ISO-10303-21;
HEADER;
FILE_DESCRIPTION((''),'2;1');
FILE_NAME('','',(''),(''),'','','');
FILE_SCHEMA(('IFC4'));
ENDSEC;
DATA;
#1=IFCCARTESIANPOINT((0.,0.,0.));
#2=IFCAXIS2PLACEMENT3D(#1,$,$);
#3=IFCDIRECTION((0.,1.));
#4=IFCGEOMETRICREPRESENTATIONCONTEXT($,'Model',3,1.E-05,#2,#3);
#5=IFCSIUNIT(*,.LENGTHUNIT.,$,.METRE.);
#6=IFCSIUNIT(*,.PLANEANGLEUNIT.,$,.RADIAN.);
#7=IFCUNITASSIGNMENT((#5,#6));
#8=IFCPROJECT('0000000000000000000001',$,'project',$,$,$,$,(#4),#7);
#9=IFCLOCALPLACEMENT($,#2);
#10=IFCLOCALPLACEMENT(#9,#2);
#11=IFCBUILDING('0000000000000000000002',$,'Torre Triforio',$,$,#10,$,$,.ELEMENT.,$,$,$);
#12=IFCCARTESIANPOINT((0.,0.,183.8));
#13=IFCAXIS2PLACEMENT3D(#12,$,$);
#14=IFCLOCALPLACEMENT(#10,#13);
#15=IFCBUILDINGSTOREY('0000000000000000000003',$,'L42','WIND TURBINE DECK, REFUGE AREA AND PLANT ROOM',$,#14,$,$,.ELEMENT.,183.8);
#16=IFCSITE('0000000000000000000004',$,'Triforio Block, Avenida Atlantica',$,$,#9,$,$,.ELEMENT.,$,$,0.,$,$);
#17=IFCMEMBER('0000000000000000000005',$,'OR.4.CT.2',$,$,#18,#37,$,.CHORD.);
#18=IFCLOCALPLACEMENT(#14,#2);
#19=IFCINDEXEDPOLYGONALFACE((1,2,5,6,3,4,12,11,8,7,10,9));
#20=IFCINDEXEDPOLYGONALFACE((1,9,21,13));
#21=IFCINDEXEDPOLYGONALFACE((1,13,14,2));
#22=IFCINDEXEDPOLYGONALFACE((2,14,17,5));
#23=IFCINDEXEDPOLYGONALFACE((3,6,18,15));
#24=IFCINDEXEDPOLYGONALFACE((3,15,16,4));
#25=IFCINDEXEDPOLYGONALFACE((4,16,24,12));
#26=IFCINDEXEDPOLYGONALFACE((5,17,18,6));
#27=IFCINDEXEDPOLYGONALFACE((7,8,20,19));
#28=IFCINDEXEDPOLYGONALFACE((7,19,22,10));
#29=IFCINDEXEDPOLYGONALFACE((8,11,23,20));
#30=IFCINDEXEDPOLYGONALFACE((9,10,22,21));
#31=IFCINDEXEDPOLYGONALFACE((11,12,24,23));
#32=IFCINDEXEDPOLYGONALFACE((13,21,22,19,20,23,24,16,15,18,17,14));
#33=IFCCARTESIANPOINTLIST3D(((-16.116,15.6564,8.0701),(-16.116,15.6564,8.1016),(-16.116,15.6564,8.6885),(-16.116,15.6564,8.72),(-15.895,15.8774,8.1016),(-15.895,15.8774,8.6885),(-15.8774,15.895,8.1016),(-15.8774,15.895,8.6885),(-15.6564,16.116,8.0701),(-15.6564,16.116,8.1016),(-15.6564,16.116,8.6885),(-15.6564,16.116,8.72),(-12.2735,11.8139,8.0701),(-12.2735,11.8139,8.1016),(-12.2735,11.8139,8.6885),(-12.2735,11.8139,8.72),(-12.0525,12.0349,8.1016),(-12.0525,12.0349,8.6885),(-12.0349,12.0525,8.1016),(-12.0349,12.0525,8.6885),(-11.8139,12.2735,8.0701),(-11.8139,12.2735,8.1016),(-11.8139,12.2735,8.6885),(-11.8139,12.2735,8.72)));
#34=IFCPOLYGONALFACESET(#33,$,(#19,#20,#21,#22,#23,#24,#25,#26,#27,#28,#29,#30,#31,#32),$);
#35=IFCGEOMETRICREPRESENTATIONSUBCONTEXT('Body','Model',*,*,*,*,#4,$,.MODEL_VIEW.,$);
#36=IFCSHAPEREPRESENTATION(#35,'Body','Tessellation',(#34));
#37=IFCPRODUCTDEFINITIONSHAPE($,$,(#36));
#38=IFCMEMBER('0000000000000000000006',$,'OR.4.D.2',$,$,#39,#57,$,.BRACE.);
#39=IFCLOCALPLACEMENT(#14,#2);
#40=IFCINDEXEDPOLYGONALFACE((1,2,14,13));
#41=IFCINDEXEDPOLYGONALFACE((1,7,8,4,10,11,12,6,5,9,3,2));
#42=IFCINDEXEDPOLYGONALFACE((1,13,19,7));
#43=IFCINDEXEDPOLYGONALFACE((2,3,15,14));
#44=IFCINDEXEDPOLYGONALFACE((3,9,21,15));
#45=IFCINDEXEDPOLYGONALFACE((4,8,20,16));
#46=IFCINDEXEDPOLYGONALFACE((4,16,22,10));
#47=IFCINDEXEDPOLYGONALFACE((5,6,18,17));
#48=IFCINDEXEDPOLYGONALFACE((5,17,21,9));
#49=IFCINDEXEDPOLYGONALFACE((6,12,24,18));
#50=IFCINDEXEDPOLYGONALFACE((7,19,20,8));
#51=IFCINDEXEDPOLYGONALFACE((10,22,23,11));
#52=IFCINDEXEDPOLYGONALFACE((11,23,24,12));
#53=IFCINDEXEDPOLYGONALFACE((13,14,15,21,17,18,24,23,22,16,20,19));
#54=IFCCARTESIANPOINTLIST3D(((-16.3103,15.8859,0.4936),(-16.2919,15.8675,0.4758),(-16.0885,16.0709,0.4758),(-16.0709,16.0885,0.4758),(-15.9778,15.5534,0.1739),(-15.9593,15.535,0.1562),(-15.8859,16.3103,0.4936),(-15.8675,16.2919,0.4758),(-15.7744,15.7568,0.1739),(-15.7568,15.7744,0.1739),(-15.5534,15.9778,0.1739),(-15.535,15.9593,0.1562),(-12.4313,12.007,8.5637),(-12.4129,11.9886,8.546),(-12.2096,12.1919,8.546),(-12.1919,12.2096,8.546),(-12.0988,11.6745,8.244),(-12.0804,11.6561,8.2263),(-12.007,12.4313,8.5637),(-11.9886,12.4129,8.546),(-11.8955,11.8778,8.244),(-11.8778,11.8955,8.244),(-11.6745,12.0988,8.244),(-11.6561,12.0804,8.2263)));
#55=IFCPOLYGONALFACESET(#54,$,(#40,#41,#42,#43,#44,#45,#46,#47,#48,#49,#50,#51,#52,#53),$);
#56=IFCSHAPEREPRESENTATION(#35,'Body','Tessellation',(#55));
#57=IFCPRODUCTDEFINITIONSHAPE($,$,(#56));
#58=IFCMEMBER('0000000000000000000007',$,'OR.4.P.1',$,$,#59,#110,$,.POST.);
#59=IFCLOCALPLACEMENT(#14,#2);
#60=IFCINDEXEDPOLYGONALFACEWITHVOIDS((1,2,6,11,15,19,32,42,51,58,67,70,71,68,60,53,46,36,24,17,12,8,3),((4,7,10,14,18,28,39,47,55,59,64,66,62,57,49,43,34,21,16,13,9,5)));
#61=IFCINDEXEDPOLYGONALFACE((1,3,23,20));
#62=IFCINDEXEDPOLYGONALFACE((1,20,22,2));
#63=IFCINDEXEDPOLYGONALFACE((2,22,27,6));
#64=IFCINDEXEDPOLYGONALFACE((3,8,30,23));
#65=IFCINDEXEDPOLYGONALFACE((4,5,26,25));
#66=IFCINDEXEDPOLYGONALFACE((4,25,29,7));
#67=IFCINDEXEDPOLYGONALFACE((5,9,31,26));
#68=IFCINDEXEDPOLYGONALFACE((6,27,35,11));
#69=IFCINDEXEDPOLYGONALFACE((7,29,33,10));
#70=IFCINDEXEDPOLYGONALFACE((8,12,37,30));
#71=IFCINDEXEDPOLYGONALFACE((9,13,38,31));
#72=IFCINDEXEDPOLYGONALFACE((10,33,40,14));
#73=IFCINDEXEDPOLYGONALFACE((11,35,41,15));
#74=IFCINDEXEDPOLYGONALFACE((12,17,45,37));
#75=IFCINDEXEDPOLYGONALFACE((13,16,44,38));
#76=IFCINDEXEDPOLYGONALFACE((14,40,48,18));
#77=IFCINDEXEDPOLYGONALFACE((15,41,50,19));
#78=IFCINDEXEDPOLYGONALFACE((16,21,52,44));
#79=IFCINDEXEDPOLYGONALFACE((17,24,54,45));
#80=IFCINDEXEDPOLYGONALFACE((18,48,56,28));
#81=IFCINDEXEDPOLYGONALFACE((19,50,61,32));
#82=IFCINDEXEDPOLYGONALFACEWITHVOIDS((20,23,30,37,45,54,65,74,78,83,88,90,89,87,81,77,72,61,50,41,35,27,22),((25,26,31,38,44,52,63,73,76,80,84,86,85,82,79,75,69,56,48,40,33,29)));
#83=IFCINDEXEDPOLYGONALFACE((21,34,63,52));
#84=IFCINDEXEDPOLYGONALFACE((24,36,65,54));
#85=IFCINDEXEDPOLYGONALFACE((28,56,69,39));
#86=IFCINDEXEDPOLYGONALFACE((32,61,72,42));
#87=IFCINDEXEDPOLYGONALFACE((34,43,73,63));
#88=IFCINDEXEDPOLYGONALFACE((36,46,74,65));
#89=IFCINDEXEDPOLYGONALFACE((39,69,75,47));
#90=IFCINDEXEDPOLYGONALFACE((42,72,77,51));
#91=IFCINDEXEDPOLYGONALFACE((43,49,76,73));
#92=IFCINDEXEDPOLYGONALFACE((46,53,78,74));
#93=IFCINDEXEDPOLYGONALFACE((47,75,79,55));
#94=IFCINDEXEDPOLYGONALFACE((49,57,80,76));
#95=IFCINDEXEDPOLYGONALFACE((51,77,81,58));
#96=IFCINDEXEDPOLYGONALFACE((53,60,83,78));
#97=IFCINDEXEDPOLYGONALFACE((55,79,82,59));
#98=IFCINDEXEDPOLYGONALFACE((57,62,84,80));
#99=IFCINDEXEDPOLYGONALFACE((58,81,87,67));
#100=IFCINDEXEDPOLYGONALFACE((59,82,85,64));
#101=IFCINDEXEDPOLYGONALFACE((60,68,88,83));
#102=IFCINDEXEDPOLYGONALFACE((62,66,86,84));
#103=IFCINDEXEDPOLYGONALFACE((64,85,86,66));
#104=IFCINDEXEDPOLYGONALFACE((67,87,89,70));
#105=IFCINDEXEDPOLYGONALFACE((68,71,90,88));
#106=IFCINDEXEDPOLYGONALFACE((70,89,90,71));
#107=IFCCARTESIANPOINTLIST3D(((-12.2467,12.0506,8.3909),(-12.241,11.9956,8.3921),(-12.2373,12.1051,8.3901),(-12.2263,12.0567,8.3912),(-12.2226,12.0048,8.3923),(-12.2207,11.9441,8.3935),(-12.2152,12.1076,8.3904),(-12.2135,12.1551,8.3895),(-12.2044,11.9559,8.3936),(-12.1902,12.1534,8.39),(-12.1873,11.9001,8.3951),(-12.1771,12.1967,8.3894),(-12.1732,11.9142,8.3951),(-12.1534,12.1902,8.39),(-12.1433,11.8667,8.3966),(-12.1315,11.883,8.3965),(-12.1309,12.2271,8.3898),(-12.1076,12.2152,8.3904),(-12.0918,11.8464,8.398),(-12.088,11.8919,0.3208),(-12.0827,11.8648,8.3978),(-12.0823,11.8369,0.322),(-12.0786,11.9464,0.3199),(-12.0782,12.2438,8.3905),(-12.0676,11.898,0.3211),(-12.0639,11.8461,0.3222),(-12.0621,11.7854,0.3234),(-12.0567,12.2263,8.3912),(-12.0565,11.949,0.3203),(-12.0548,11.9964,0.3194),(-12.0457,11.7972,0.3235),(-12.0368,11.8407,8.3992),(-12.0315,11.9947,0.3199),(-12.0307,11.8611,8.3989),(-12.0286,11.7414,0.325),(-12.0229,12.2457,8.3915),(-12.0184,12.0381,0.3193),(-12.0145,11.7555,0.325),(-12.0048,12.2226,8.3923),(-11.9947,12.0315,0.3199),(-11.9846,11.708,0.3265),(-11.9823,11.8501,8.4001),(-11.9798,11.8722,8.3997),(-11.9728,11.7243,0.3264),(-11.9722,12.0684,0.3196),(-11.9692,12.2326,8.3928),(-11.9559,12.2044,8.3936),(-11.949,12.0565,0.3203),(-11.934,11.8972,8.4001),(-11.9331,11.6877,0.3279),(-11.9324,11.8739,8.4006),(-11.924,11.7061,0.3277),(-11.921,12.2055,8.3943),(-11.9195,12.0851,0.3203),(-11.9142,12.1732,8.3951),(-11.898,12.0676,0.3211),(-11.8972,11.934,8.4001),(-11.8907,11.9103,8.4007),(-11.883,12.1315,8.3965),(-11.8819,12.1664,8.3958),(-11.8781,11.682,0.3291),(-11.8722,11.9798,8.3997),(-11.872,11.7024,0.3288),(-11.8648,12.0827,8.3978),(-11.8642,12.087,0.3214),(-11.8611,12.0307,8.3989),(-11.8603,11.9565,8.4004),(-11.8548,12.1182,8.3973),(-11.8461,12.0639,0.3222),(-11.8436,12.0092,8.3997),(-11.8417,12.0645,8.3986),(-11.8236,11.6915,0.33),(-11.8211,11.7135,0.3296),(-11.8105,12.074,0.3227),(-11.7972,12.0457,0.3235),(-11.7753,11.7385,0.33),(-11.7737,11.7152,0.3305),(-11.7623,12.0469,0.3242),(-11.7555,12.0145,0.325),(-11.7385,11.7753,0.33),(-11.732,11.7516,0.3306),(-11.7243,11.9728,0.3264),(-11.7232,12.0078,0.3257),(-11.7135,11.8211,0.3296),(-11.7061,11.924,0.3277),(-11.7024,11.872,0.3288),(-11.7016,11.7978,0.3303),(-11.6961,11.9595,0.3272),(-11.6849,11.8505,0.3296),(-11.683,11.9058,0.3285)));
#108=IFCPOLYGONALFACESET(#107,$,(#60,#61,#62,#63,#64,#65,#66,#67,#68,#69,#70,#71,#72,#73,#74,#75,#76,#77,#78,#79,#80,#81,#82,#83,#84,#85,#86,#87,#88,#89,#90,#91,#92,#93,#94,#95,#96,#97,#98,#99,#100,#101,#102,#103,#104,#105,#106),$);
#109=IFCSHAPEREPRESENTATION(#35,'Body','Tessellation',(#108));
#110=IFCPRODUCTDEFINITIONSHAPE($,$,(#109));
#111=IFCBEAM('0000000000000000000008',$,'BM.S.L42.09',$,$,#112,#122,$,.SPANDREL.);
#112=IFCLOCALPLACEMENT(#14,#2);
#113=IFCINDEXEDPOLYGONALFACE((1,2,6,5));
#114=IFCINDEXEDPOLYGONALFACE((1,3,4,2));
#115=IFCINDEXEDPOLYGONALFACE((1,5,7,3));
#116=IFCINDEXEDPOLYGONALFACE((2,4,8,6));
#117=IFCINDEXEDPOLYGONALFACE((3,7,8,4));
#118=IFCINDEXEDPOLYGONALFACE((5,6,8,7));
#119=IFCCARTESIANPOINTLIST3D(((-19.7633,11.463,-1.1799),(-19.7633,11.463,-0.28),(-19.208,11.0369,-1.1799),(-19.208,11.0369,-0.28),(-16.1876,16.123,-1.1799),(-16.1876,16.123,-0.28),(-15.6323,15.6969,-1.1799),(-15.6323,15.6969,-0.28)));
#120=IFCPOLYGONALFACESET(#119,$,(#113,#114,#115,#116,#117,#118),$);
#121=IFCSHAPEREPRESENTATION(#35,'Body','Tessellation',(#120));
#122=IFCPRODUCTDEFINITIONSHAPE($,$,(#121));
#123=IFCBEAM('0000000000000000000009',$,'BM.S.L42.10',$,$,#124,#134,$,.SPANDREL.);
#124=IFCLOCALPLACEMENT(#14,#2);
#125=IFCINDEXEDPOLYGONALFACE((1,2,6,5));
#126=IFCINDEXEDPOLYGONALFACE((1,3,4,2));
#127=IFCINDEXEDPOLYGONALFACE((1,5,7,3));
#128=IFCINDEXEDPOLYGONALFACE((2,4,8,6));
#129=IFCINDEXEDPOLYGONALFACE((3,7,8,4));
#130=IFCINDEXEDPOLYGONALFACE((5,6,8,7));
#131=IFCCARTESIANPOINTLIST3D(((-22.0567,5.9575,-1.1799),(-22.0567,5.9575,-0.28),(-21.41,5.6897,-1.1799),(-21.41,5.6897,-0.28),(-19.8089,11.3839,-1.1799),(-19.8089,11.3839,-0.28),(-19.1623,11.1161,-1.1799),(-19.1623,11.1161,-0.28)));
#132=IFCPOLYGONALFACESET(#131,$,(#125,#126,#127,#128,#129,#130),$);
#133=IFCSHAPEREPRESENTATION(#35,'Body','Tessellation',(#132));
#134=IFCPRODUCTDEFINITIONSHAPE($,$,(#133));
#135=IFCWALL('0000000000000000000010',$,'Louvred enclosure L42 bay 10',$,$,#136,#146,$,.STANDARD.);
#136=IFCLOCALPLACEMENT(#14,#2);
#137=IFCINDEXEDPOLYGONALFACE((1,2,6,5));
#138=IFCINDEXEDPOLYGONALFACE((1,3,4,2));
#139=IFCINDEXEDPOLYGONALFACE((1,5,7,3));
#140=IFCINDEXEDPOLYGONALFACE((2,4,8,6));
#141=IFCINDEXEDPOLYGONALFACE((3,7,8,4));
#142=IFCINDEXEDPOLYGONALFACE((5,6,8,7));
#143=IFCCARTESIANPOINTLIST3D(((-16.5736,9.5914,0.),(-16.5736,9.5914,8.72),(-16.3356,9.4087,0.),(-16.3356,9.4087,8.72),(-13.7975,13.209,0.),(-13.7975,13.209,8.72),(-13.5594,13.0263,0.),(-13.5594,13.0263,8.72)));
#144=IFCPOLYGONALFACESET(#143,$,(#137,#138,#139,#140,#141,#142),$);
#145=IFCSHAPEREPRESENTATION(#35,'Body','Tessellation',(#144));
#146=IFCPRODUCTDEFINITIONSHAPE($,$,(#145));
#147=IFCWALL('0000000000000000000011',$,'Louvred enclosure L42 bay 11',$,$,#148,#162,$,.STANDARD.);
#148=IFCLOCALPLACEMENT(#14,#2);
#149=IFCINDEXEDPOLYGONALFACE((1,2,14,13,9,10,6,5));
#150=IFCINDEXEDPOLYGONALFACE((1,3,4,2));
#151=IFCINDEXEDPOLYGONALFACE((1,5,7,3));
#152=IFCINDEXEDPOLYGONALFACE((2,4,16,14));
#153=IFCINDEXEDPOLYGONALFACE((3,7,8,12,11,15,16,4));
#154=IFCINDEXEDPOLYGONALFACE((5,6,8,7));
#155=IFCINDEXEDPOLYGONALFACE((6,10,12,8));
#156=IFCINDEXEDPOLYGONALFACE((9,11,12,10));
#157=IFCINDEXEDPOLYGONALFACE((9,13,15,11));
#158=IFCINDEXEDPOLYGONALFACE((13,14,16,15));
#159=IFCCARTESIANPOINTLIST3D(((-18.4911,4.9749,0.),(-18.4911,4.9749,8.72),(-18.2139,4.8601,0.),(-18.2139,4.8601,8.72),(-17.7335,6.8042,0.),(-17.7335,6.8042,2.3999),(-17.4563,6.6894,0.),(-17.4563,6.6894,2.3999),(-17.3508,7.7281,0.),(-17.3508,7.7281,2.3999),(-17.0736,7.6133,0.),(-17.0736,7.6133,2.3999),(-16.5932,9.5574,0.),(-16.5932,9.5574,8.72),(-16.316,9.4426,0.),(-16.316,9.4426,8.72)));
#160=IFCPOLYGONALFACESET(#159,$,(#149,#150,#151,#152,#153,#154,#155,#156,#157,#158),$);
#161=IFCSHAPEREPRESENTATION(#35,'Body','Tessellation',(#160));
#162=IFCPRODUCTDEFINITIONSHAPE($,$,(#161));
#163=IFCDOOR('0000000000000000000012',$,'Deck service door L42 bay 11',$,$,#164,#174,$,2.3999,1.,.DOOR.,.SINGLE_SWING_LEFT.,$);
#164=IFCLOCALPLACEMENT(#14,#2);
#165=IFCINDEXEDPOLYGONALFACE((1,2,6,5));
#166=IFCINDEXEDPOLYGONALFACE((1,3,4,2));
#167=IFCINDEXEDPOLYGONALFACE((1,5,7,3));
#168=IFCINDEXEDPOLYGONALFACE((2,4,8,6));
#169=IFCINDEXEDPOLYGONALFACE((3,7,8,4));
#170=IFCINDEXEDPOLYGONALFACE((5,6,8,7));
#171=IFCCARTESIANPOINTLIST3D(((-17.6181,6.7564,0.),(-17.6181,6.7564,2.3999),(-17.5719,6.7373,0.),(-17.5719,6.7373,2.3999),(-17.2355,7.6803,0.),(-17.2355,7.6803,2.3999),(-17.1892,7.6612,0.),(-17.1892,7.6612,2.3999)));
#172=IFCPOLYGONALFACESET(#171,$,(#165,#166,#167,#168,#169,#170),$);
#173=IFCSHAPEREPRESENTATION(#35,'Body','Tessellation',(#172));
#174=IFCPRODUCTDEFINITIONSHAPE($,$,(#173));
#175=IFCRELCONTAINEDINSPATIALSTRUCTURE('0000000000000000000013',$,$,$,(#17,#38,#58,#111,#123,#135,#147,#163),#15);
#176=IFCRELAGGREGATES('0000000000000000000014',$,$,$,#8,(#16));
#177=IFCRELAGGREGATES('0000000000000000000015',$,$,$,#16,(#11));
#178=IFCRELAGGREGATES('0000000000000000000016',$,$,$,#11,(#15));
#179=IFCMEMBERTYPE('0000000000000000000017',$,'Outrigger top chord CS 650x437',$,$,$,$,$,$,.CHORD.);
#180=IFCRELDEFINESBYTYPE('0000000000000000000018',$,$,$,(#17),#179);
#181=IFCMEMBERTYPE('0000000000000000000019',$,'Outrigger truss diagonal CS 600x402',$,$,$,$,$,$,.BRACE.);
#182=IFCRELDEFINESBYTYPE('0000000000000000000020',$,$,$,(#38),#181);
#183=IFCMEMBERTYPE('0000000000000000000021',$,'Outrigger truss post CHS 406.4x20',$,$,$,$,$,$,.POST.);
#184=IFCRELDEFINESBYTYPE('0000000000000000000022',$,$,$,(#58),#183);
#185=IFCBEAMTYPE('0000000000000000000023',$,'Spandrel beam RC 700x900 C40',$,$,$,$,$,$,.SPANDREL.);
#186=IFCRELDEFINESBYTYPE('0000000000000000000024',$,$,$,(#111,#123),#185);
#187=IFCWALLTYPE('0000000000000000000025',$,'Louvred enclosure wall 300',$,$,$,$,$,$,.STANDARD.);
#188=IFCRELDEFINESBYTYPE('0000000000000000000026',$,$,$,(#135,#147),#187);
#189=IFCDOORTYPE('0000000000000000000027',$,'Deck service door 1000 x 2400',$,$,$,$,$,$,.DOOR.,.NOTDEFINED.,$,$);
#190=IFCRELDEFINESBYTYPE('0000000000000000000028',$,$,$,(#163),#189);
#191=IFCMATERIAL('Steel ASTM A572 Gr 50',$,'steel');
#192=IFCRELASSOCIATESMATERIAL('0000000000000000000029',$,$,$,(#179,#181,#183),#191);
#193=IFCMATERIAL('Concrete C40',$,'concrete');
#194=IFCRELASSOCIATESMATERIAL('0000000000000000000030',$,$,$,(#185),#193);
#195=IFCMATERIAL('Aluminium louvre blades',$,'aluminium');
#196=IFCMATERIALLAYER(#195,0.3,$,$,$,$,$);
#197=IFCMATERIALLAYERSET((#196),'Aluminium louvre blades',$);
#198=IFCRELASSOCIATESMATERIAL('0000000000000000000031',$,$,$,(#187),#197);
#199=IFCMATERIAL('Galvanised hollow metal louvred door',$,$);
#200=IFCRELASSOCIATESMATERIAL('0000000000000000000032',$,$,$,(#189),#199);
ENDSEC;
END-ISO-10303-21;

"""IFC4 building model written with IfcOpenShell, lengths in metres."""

from ifc_helpers import new_model, si_unit, direction, frame, frame_2d, origin, origin_2d, place, context, subcontext, project, spatial, rectangle, hollow_circle, i_section, extrude, material, layer, layer_set, material_profile, profile_set, type_object, element, fill, save


model = new_model("IFC4")

# Units and contexts
model_context = context("Model", 3, precision=1e-05, world=origin(), true_north=direction((0.0, 1.0)))
body_context = subcontext(model_context, "Body", "Model", "MODEL_VIEW")
ifc_project = project(units=[si_unit("LENGTHUNIT", "METRE"), si_unit("PLANEANGLEUNIT", "RADIAN")], contexts=[model_context])

# Site, building, storey
site_placement = place(None, origin())
site = spatial("IfcSite", under=ifc_project, at=site_placement, Name="Triforio Block, Avenida Atlantica", CompositionType="ELEMENT", RefElevation=0.0)
building_placement = place(site_placement, origin())
building = spatial("IfcBuilding", under=site, at=building_placement, Name="Torre Triforio", CompositionType="ELEMENT")
storey_placement = place(building_placement, frame((0.0, 0.0, 183.8)))
storey = spatial("IfcBuildingStorey", under=building, at=storey_placement, Name="L42", Description="WIND TURBINE DECK, REFUGE AREA AND PLANT ROOM", CompositionType="ELEMENT", Elevation=183.8)

# Members
ifc_material_1 = material(Name="Steel ASTM A572 Gr 50", Category="steel")
ifc_material_profile_1 = material_profile(ifc_material_1, i_section(OverallWidth=0.6499, OverallDepth=0.6499, WebThickness=0.0249, FlangeThickness=0.0315, at=origin_2d()), Name="CS 650x437")
ifc_profile_set_1 = profile_set([ifc_material_profile_1], Name="Steel ASTM A572 Gr 50")
member_type_1 = type_object("IfcMemberType", Name="Outrigger top chord CS 650x437", PredefinedType="CHORD", material=ifc_profile_set_1)
member_1_placement = place(storey_placement, frame((-12.0437, 12.0437, 8.395), z_axis=(-0.707107, 0.707107, 0.0), x_axis=(-0.707107, -0.707107, 0.0)))
element("IfcMember", 1, at=member_1_placement, inside=storey, type_object=member_type_1, Name="OR.4.CT.2", PredefinedType="CHORD", context=body_context, shape_type="SweptSolid", body=[
    extrude(i_section(OverallWidth=0.6499, OverallDepth=0.6499, WebThickness=0.0249, FlangeThickness=0.0315, at=origin_2d()), origin(), (0.0, 0.0, 1.0), 5.4341),
])
ifc_material_profile_2 = material_profile(ifc_material_1, i_section(OverallWidth=0.6001, OverallDepth=0.6001, WebThickness=0.0249, FlangeThickness=0.0315, at=origin_2d()), Name="CS 600x402")
ifc_profile_set_2 = profile_set([ifc_material_profile_2], Name="Steel ASTM A572 Gr 50")
member_type_2 = type_object("IfcMemberType", Name="Outrigger truss diagonal CS 600x402", PredefinedType="BRACE", material=ifc_profile_set_2)
member_2_placement = place(storey_placement, frame((-12.0437, 12.0437, 8.395), z_axis=(-0.397512, 0.397512, -0.827024), x_axis=(-0.707107, -0.707107, 0.0)))
element("IfcMember", 2, at=member_2_placement, inside=storey, type_object=member_type_2, Name="OR.4.D.2", PredefinedType="BRACE", context=body_context, shape_type="SweptSolid", body=[
    extrude(i_section(OverallWidth=0.6001, OverallDepth=0.6001, WebThickness=0.0249, FlangeThickness=0.0315, at=origin_2d()), origin(), (0.0, 0.0, 1.0), 9.7581),
])
ifc_material_profile_3 = material_profile(ifc_material_1, hollow_circle(Radius=0.2031, WallThickness=0.02, at=origin_2d()), Name="CHS 406.4x20")
ifc_profile_set_3 = profile_set([ifc_material_profile_3], Name="Steel ASTM A572 Gr 50")
member_type_3 = type_object("IfcMemberType", Name="Outrigger truss post CHS 406.4x20", PredefinedType="POST", material=ifc_profile_set_3)
member_3_placement = place(storey_placement, frame((-11.885, 11.885, 0.325), z_axis=(-0.019657, 0.019657, 0.999614), x_axis=(-0.707107, -0.707107, 0.0)))
element("IfcMember", 3, at=member_3_placement, inside=storey, type_object=member_type_3, Name="OR.4.P.1", PredefinedType="POST", context=body_context, shape_type="SweptSolid", body=[
    extrude(hollow_circle(Radius=0.2031, WallThickness=0.02, at=origin_2d()), origin(), (0.0, 0.0, 1.0), 8.0732),
])

# Beams
ifc_material_2 = material(Name="Concrete C40", Category="concrete")
ifc_material_profile_4 = material_profile(ifc_material_2, rectangle(XDim=0.7, YDim=0.8999, at=origin_2d()), Name="RC 700x900")
ifc_profile_set_4 = profile_set([ifc_material_profile_4], Name="Concrete C40")
beam_type = type_object("IfcBeamType", Name="Spandrel beam RC 700x900 C40", PredefinedType="SPANDREL", material=ifc_profile_set_4)
beam_1_placement = place(storey_placement, frame((-15.9099, 15.9099, -0.73), z_axis=(-0.608762, -0.793353, 0.0), x_axis=(0.793353, -0.608762, 0.0)))
element("IfcBeam", 4, at=beam_1_placement, inside=storey, type_object=beam_type, Name="BM.S.L42.09", PredefinedType="SPANDREL", context=body_context, shape_type="SweptSolid", body=[
    extrude(rectangle(XDim=0.7, YDim=0.8999, at=origin_2d()), origin(), (0.0, 0.0, 1.0), 5.8738),
])
beam_2_placement = place(storey_placement, frame((-19.4856, 11.25, -0.73), z_axis=(-0.382693, -0.923875, 0.0), x_axis=(0.923875, -0.382693, 0.0)))
element("IfcBeam", 5, at=beam_2_placement, inside=storey, type_object=beam_type, Name="BM.S.L42.10", PredefinedType="SPANDREL", context=body_context, shape_type="SweptSolid", body=[
    extrude(rectangle(XDim=0.7, YDim=0.8999, at=origin_2d()), origin(), (0.0, 0.0, 1.0), 5.8735),
])

# Wall
ifc_material_3 = material(Name="Aluminium louvre blades", Category="aluminium")
ifc_layer_1 = layer(ifc_material_3, 0.3)
ifc_layer_set_1 = layer_set([ifc_layer_1], Name="Aluminium louvre blades")
wall_type = type_object("IfcWallType", Name="Louvred enclosure wall 300", PredefinedType="STANDARD", material=ifc_layer_set_1)
wall_1_placement = place(storey_placement, frame((-13.6785, 13.1177, 0.0), z_axis=(0.0, 0.0, 1.0), x_axis=(-0.608787, -0.793334, 0.0)))
element("IfcWall", 6, at=wall_1_placement, inside=storey, type_object=wall_type, Name="Louvred enclosure L42 bay 10", PredefinedType="STANDARD", context=body_context, shape_type="SweptSolid", body=[
    extrude(rectangle(XDim=4.5601, YDim=0.3, at=frame_2d((2.28, 0.0))), origin(), (0.0, 0.0, 1.0), 8.72),
])

# Wall, opening, door
wall_2_placement = place(storey_placement, frame((-16.4546, 9.5, 0.0), z_axis=(0.0, 0.0, 1.0), x_axis=(-0.38265, -0.923893, 0.0)))
wall_2 = element("IfcWall", 7, at=wall_2_placement, inside=storey, type_object=wall_type, Name="Louvred enclosure L42 bay 11", PredefinedType="STANDARD", context=body_context, shape_type="SweptSolid", body=[
    extrude(rectangle(XDim=4.96, YDim=0.3, at=frame_2d((2.48, 0.0))), origin(), (0.0, 0.0, 1.0), 8.72),
])
opening_placement = place(wall_2_placement, frame((1.98, 0.0, 0.0)))
opening = element("IfcOpeningElement", 8, at=opening_placement, cuts=wall_2, PredefinedType="OPENING", context=body_context, shape_type="SweptSolid", body=[
    extrude(rectangle(XDim=1.0, YDim=2.3999, at=frame_2d((0.5, 1.2))), frame((0.0, 0.1599, 0.0), z_axis=(0.0, -1.0, 0.0), x_axis=(1.0, 0.0, 0.0)), (0.0, 0.0, 1.0), 0.3201),
])
ifc_material_4 = material(Name="Galvanised hollow metal louvred door")
door_type = type_object("IfcDoorType", Name="Deck service door 1000 x 2400", OperationType="NOTDEFINED", PredefinedType="DOOR", material=ifc_material_4)
door_placement = place(opening_placement, origin())
door = element("IfcDoor", 9, at=door_placement, inside=storey, type_object=door_type, Name="Deck service door L42 bay 11", OperationType="SINGLE_SWING_LEFT", OverallHeight=2.3999, OverallWidth=1.0, PredefinedType="DOOR", context=body_context, shape_type="SweptSolid", body=[
    extrude(rectangle(XDim=1.0, YDim=2.3999, at=frame_2d((0.5, 1.2))), frame((0.0, 0.0249, 0.0), z_axis=(0.0, -1.0, 0.0), x_axis=(1.0, 0.0, 0.0)), (0.0, 0.0, 1.0), 0.05),
])
fill(opening, door)

save(model, "model.ifc")
